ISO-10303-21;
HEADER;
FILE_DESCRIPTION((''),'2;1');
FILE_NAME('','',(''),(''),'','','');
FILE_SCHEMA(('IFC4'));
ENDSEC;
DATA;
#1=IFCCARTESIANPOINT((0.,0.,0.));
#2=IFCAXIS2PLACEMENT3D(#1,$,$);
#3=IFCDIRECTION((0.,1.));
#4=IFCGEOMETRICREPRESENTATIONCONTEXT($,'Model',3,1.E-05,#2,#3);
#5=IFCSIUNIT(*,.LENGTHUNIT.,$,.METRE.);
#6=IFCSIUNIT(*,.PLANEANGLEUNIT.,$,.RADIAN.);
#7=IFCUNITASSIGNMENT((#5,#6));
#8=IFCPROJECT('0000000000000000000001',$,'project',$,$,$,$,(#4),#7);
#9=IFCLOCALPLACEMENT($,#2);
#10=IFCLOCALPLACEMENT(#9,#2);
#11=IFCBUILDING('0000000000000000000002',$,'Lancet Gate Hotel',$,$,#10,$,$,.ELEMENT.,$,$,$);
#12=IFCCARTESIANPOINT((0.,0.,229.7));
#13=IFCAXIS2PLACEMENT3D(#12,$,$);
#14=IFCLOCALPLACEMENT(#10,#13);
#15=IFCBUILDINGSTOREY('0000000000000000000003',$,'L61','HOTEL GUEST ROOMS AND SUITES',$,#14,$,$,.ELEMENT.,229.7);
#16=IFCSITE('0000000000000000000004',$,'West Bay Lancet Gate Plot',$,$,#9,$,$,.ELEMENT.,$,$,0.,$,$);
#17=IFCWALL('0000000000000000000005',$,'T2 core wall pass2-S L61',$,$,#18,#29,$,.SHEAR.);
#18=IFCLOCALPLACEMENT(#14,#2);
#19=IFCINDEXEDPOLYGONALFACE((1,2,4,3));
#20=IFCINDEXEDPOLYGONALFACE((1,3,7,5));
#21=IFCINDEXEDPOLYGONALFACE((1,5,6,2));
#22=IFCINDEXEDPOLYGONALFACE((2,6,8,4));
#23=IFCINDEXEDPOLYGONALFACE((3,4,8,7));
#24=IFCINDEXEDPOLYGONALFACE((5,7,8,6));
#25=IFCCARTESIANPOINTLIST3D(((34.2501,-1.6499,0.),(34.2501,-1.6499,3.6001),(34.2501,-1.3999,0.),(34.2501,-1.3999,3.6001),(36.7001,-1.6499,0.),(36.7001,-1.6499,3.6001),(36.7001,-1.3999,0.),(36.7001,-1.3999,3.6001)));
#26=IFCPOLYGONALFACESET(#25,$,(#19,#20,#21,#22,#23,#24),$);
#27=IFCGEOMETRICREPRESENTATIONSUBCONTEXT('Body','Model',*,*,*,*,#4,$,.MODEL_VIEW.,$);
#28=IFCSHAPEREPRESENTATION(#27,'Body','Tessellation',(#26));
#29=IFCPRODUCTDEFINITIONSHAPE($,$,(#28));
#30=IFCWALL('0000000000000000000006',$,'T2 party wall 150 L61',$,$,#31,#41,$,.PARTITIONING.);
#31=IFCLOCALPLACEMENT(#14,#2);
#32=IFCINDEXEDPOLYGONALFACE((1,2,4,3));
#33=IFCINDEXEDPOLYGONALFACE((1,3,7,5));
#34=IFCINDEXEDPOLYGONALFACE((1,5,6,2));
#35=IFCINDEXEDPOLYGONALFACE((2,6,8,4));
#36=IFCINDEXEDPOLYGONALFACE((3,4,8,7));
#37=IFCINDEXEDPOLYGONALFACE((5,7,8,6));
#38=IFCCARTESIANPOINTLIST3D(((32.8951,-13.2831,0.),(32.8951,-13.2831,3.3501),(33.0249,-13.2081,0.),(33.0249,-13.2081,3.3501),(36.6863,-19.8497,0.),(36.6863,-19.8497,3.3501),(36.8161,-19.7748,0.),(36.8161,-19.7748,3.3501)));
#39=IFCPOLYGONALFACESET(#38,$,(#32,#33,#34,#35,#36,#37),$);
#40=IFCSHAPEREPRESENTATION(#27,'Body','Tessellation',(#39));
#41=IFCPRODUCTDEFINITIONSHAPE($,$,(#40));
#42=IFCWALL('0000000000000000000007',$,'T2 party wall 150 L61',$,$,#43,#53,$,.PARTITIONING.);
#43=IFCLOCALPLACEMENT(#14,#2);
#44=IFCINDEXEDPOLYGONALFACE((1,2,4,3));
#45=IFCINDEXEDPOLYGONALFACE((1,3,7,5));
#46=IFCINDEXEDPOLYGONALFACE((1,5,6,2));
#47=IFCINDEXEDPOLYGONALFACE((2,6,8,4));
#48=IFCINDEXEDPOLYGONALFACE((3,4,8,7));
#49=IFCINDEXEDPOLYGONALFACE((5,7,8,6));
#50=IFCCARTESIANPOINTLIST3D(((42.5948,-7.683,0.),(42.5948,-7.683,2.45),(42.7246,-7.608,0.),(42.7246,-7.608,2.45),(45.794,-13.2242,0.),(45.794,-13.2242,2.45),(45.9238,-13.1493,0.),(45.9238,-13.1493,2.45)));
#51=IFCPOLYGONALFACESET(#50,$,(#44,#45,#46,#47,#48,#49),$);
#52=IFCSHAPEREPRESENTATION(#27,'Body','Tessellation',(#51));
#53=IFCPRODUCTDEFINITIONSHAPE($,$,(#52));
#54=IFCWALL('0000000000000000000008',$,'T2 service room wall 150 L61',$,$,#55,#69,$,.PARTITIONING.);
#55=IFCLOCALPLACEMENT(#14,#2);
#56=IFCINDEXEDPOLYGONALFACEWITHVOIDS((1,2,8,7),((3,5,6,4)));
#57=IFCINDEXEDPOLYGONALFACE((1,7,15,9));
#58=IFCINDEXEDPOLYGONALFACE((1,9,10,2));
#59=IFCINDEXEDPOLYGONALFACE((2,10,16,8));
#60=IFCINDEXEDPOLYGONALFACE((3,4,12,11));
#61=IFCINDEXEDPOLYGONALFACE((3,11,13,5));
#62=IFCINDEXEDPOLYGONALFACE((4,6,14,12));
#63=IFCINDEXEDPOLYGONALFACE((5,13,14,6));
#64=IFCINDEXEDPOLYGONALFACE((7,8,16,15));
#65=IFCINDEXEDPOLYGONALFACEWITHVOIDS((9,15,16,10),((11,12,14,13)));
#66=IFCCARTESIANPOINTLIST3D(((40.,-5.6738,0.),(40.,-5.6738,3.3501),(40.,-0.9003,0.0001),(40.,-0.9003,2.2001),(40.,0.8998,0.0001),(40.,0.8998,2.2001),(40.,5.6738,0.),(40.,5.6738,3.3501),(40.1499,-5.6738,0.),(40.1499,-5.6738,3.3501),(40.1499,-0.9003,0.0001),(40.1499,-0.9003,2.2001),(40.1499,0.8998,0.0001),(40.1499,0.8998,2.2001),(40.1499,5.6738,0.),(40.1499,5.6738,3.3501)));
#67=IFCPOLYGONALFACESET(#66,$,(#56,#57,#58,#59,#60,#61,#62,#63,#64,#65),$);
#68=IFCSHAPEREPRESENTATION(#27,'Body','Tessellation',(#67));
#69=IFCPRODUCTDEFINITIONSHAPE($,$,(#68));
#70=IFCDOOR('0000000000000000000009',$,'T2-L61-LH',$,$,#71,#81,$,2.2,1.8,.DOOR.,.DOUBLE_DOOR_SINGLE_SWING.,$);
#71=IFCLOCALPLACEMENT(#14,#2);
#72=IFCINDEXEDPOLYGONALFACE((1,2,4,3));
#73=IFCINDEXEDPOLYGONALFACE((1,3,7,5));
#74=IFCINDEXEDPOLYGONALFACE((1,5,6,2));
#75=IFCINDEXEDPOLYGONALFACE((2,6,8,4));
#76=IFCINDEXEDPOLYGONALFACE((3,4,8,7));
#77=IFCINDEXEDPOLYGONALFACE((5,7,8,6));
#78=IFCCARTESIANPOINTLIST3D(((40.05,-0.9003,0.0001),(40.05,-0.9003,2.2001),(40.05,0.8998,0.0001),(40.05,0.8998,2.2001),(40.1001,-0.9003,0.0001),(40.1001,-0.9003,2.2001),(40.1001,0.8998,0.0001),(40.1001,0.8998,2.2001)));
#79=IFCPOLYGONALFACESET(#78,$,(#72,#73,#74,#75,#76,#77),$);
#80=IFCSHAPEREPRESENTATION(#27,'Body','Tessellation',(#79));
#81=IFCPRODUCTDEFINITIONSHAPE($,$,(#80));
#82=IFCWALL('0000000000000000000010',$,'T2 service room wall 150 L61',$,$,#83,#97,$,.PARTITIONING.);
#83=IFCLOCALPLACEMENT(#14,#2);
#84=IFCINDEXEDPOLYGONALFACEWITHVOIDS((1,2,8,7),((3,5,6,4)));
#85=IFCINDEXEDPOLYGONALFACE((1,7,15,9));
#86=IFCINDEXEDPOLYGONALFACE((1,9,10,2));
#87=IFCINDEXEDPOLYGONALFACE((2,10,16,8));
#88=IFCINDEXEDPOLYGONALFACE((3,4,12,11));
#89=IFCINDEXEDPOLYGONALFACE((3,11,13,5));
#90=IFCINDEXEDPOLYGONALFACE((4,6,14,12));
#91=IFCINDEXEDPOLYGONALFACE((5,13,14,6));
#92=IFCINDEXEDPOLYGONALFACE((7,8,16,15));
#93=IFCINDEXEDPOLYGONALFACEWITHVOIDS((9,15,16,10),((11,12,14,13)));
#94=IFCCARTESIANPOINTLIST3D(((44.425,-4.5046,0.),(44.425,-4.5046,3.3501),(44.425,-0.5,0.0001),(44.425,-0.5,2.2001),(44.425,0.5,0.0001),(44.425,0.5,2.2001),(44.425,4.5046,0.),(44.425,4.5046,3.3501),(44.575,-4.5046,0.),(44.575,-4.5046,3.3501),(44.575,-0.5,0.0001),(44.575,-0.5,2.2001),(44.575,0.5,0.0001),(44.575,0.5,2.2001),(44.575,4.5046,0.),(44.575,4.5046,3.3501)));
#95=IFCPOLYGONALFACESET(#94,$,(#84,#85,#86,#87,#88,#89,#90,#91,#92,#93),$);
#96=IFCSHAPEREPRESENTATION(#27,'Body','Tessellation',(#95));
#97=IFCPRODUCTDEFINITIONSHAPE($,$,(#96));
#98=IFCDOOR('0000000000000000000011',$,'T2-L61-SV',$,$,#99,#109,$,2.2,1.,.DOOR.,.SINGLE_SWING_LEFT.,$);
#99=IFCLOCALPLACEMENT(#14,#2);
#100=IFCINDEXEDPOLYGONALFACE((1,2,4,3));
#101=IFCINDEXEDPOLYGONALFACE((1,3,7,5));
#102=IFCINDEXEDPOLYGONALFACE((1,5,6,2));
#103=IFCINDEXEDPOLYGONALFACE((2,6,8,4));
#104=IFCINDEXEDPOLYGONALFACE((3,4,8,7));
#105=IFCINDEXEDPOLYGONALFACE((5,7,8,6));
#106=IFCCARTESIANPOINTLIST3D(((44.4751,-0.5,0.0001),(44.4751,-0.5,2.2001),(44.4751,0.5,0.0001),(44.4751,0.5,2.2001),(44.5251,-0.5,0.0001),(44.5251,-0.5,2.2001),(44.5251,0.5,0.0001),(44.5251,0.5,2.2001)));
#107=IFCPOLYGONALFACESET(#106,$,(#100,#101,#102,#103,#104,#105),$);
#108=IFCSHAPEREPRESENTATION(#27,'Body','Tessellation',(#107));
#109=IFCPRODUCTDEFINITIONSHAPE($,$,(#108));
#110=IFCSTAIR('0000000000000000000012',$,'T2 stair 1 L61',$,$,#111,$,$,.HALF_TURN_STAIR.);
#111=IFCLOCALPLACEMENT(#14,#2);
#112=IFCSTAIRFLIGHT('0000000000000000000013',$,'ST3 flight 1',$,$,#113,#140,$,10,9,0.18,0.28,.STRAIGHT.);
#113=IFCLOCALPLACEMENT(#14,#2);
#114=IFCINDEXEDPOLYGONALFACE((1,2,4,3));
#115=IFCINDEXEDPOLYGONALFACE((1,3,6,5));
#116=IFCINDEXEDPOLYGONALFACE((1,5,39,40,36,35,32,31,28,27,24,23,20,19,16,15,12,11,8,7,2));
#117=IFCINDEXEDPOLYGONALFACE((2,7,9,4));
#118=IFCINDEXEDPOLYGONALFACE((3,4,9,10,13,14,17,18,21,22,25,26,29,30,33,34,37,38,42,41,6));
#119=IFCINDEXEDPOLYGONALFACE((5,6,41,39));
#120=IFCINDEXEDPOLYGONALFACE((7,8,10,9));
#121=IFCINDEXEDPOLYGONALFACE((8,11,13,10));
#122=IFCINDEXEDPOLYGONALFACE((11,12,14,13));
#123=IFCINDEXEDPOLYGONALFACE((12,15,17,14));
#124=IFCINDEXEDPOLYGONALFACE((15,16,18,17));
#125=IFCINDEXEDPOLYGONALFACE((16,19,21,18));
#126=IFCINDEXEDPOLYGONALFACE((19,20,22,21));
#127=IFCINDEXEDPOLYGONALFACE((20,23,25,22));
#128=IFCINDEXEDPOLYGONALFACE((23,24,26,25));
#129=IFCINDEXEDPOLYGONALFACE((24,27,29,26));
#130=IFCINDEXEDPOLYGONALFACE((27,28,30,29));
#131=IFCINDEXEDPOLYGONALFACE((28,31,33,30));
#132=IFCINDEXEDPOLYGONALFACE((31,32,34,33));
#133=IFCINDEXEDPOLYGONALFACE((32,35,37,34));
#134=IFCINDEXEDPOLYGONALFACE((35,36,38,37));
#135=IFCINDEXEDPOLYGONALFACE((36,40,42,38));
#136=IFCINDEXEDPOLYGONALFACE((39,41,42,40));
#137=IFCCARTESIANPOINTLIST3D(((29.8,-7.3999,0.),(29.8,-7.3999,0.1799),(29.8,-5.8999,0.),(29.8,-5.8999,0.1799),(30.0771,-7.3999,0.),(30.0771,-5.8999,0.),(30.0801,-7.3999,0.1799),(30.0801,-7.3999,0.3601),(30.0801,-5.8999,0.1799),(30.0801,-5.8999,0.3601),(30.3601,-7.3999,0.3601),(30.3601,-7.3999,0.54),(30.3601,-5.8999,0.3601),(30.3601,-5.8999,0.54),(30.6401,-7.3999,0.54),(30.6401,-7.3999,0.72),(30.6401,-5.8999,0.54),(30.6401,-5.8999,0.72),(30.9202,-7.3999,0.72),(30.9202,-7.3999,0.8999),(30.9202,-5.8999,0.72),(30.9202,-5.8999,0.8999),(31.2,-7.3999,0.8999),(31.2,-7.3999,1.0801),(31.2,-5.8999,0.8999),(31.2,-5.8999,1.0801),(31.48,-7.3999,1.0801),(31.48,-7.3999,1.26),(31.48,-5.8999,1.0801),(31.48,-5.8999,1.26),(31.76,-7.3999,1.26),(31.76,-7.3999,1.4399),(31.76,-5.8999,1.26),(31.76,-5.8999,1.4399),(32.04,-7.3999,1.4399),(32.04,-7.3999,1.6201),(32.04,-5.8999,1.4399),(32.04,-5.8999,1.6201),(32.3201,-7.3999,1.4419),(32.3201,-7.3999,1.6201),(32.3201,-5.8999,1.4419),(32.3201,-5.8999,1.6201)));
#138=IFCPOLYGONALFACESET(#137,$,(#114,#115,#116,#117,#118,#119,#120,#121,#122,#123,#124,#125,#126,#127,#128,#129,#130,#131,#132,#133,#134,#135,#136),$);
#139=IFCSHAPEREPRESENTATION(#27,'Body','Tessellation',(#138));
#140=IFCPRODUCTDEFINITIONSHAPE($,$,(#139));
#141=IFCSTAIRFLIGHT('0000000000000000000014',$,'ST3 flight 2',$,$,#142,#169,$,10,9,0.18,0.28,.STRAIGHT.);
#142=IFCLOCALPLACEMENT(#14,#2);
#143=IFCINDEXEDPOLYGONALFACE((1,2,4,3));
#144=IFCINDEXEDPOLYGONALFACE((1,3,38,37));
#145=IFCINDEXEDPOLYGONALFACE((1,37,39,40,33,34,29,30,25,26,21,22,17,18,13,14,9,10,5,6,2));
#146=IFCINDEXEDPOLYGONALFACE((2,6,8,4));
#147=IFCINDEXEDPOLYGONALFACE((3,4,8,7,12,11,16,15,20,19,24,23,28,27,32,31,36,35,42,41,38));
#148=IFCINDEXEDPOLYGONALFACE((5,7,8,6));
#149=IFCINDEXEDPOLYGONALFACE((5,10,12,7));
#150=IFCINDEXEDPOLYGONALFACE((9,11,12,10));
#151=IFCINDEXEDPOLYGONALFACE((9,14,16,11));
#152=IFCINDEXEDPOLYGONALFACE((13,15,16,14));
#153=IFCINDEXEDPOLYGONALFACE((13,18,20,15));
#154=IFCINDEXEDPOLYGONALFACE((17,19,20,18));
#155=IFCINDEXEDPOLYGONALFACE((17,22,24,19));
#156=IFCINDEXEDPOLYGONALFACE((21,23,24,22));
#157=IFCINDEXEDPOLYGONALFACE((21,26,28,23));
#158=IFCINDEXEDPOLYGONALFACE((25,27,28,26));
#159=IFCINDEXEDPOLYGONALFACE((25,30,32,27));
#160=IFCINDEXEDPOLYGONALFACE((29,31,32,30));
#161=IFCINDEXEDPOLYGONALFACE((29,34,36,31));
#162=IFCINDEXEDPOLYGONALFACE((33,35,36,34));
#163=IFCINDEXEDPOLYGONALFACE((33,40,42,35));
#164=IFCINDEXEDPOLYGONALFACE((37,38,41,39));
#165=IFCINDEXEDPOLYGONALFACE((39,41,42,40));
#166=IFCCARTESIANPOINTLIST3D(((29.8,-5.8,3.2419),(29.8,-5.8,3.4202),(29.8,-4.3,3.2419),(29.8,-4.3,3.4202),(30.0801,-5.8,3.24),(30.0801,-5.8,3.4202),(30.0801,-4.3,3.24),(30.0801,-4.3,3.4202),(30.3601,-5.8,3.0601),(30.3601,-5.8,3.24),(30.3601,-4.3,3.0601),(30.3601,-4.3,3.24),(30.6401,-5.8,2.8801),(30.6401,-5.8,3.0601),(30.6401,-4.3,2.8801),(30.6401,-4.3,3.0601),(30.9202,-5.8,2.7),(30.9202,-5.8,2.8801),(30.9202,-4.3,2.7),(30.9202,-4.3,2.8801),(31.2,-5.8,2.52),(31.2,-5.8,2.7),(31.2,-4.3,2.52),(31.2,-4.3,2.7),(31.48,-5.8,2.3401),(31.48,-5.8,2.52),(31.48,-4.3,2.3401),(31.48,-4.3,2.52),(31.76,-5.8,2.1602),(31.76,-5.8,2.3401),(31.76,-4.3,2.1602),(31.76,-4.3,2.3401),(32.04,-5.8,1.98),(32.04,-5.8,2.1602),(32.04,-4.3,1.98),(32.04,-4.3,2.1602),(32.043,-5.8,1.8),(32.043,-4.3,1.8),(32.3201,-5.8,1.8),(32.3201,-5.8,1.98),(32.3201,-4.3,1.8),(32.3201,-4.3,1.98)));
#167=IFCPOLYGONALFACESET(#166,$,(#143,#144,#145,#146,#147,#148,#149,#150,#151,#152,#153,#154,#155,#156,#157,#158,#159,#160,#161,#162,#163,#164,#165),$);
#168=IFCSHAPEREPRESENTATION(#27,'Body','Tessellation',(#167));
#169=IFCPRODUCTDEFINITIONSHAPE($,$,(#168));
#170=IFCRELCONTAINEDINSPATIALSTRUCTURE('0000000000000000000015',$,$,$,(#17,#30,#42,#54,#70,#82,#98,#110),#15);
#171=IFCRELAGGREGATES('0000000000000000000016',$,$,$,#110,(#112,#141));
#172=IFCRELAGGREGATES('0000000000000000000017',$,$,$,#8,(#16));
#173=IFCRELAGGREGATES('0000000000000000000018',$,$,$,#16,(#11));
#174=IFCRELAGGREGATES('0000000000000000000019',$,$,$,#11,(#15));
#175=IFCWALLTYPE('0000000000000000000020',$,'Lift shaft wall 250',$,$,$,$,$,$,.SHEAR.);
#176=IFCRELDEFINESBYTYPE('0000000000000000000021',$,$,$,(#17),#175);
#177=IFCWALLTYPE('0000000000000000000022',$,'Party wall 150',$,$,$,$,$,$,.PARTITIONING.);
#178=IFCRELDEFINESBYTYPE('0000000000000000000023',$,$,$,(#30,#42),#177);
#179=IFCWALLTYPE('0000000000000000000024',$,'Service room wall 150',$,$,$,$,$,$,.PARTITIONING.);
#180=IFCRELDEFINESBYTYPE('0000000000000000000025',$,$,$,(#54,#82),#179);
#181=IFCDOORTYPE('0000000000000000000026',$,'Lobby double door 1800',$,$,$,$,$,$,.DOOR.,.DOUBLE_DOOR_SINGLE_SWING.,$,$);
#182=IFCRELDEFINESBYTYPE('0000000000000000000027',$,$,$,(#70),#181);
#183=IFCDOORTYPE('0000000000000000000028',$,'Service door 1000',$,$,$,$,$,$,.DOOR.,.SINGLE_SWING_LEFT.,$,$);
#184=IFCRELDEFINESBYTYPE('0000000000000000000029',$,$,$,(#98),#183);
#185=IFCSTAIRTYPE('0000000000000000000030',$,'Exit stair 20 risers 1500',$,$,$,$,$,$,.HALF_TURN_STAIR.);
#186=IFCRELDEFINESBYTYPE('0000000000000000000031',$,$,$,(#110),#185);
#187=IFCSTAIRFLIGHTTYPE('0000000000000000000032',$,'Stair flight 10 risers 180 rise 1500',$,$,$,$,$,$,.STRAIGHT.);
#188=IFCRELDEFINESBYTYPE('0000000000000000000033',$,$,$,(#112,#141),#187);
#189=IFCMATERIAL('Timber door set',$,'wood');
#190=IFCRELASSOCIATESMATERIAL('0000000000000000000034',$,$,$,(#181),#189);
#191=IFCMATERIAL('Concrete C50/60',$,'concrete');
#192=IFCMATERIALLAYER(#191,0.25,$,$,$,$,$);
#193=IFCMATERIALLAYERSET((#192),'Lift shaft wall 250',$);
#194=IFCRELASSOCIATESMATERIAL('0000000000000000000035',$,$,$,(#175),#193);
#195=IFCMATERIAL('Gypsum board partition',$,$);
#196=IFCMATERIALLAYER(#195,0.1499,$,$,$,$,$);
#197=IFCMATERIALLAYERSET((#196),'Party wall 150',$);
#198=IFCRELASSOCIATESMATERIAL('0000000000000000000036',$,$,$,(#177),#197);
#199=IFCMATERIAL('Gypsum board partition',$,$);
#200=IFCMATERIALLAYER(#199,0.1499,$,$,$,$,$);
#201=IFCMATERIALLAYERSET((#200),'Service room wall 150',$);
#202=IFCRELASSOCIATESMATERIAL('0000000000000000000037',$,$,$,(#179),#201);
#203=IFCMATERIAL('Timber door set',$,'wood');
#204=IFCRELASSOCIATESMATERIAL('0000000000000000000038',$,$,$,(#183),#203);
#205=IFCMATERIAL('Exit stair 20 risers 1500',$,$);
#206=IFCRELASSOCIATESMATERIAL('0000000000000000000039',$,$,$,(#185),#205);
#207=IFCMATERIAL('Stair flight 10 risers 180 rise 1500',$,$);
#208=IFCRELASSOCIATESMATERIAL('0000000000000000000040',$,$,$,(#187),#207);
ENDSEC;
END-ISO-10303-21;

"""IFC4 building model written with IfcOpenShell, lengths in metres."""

from ifc_helpers import new_model, si_unit, direction, frame, frame_2d, origin, place, context, subcontext, project, spatial, polyline, rectangle, outline, extrude, material, layer, layer_set, type_object, element, fill, aggregate, save


model = new_model("IFC4")

# Units and contexts
model_context = context("Model", 3, precision=1e-05, world=origin(), true_north=direction((0.0, 1.0)))
body_context = subcontext(model_context, "Body", "Model", "MODEL_VIEW")
ifc_project = project(units=[si_unit("LENGTHUNIT", "METRE"), si_unit("PLANEANGLEUNIT", "RADIAN")], contexts=[model_context])

# Site, building, storey
site_placement = place(None, origin())
site = spatial("IfcSite", under=ifc_project, at=site_placement, Name="West Bay Lancet Gate Plot", CompositionType="ELEMENT", RefElevation=0.0)
building_placement = place(site_placement, origin())
building = spatial("IfcBuilding", under=site, at=building_placement, Name="Lancet Gate Hotel", CompositionType="ELEMENT")
storey_placement = place(building_placement, frame((0.0, 0.0, 229.7)))
storey = spatial("IfcBuildingStorey", under=building, at=storey_placement, Name="L61", Description="HOTEL GUEST ROOMS AND SUITES", CompositionType="ELEMENT", Elevation=229.7)

# Shared definitions
ifc_material_1 = material(Name="Timber door set", Category="wood")
door_type_1 = type_object("IfcDoorType", Name="Lobby double door 1800", OperationType="DOUBLE_DOOR_SINGLE_SWING", PredefinedType="DOOR", material=ifc_material_1)
ifc_material_2 = material(Name="Concrete C50/60", Category="concrete")
ifc_layer_1 = layer(ifc_material_2, 0.25)
ifc_layer_set_1 = layer_set([ifc_layer_1], Name="Lift shaft wall 250")
wall_type_1 = type_object("IfcWallType", Name="Lift shaft wall 250", PredefinedType="SHEAR", material=ifc_layer_set_1)

# Walls
wall_1_placement = place(storey_placement, frame((34.25, -1.5249, 0.0), z_axis=(0.0, 0.0, 1.0), x_axis=(1.0, 0.0, 0.0)))
element("IfcWall", 1, at=wall_1_placement, inside=storey, type_object=wall_type_1, Name="T2 core wall pass2-S L61", PredefinedType="SHEAR", context=body_context, shape_type="SweptSolid", body=[
    extrude(rectangle(XDim=2.45, YDim=0.25, at=frame_2d((1.2251, 0.0))), origin(), (0.0, 0.0, 1.0), 3.6001),
])
ifc_material_3 = material(Name="Gypsum board partition")
ifc_layer_2 = layer(ifc_material_3, 0.1499)
ifc_layer_set_2 = layer_set([ifc_layer_2], Name="Party wall 150")
wall_type_2 = type_object("IfcWallType", Name="Party wall 150", PredefinedType="PARTITIONING", material=ifc_layer_set_2)
wall_2_placement = place(storey_placement, frame((32.96, -13.2456, 0.0), z_axis=(0.0, 0.0, 1.0), x_axis=(0.5, -0.866025, 0.0)))
element("IfcWall", 2, at=wall_2_placement, inside=storey, type_object=wall_type_2, Name="T2 party wall 150 L61", PredefinedType="PARTITIONING", context=body_context, shape_type="SweptSolid", body=[
    extrude(rectangle(XDim=7.5825, YDim=0.1499, at=frame_2d((3.7913, 0.0))), origin(), (0.0, 0.0, 1.0), 3.3501),
])
wall_3_placement = place(storey_placement, frame((42.6597, -7.6455, 0.0), z_axis=(0.0, 0.0, 1.0), x_axis=(0.499997, -0.866027, 0.0)))
element("IfcWall", 3, at=wall_3_placement, inside=storey, type_object=wall_type_2, Name="T2 party wall 150 L61", PredefinedType="PARTITIONING", context=body_context, shape_type="SweptSolid", body=[
    extrude(rectangle(XDim=6.3984, YDim=0.1499, at=frame_2d((3.1992, 0.0))), origin(), (0.0, 0.0, 1.0), 2.45),
])

# Walls, openings, doors
ifc_material_4 = material(Name="Gypsum board partition")
ifc_layer_3 = layer(ifc_material_4, 0.1499)
ifc_layer_set_3 = layer_set([ifc_layer_3], Name="Service room wall 150")
wall_type_3 = type_object("IfcWallType", Name="Service room wall 150", PredefinedType="PARTITIONING", material=ifc_layer_set_3)
wall_4_placement = place(storey_placement, frame((40.075, -5.6738, 0.0), z_axis=(0.0, 0.0, 1.0), x_axis=(0.0, 1.0, 0.0)))
wall_4 = element("IfcWall", 4, at=wall_4_placement, inside=storey, type_object=wall_type_3, Name="T2 service room wall 150 L61", PredefinedType="PARTITIONING", context=body_context, shape_type="SweptSolid", body=[
    extrude(rectangle(XDim=11.3477, YDim=0.1499, at=frame_2d((5.6738, 0.0))), origin(), (0.0, 0.0, 1.0), 3.3501),
])
opening_1_placement = place(wall_4_placement, frame((4.7737, 0.0, 0.0)))
opening_1 = element("IfcOpeningElement", 5, at=opening_1_placement, cuts=wall_4, PredefinedType="OPENING", context=body_context, shape_type="SweptSolid", body=[
    extrude(rectangle(XDim=1.8, YDim=2.2, at=frame_2d((0.8999, 1.1001))), frame((0.0, 0.085, 0.0), z_axis=(0.0, -1.0, 0.0), x_axis=(1.0, 0.0, 0.0)), (0.0, 0.0, 1.0), 0.1699),
])
door_1_placement = place(opening_1_placement, origin())
door_1 = element("IfcDoor", 6, at=door_1_placement, inside=storey, type_object=door_type_1, Name="T2-L61-LH", OperationType="DOUBLE_DOOR_SINGLE_SWING", OverallHeight=2.2, OverallWidth=1.8, PredefinedType="DOOR", context=body_context, shape_type="SweptSolid", body=[
    extrude(rectangle(XDim=1.8, YDim=2.2, at=frame_2d((0.8999, 1.1001))), frame((0.0, 0.0249, 0.0), z_axis=(0.0, -1.0, 0.0), x_axis=(1.0, 0.0, 0.0)), (0.0, 0.0, 1.0), 0.05),
])
fill(opening_1, door_1)
wall_5_placement = place(storey_placement, frame((44.5, -4.5046, 0.0), z_axis=(0.0, 0.0, 1.0), x_axis=(0.0, 1.0, 0.0)))
wall_5 = element("IfcWall", 7, at=wall_5_placement, inside=storey, type_object=wall_type_3, Name="T2 service room wall 150 L61", PredefinedType="PARTITIONING", context=body_context, shape_type="SweptSolid", body=[
    extrude(rectangle(XDim=9.0093, YDim=0.1499, at=frame_2d((4.5046, 0.0))), origin(), (0.0, 0.0, 1.0), 3.3501),
])
opening_2_placement = place(wall_5_placement, frame((4.0046, 0.0, 0.0)))
opening_2 = element("IfcOpeningElement", 8, at=opening_2_placement, cuts=wall_5, PredefinedType="OPENING", context=body_context, shape_type="SweptSolid", body=[
    extrude(rectangle(XDim=1.0, YDim=2.2, at=frame_2d((0.5, 1.1001))), frame((0.0, 0.085, 0.0), z_axis=(0.0, -1.0, 0.0), x_axis=(1.0, 0.0, 0.0)), (0.0, 0.0, 1.0), 0.1699),
])
ifc_material_5 = material(Name="Timber door set", Category="wood")
door_type_2 = type_object("IfcDoorType", Name="Service door 1000", OperationType="SINGLE_SWING_LEFT", PredefinedType="DOOR", material=ifc_material_5)
door_2_placement = place(opening_2_placement, origin())
door_2 = element("IfcDoor", 9, at=door_2_placement, inside=storey, type_object=door_type_2, Name="T2-L61-SV", OperationType="SINGLE_SWING_LEFT", OverallHeight=2.2, OverallWidth=1.0, PredefinedType="DOOR", context=body_context, shape_type="SweptSolid", body=[
    extrude(rectangle(XDim=1.0, YDim=2.2, at=frame_2d((0.5, 1.1001))), frame((0.0, 0.0249, 0.0), z_axis=(0.0, -1.0, 0.0), x_axis=(1.0, 0.0, 0.0)), (0.0, 0.0, 1.0), 0.05),
])
fill(opening_2, door_2)

# Stair, stair flights
ifc_material_6 = material(Name="Exit stair 20 risers 1500")
stair_type = type_object("IfcStairType", Name="Exit stair 20 risers 1500", PredefinedType="HALF_TURN_STAIR", material=ifc_material_6)
stair_placement = place(storey_placement, origin())
stair = element("IfcStair", 10, at=stair_placement, inside=storey, type_object=stair_type, Name="T2 stair 1 L61", PredefinedType="HALF_TURN_STAIR")
ifc_material_7 = material(Name="Stair flight 10 risers 180 rise 1500")
stair_flight_type = type_object("IfcStairFlightType", Name="Stair flight 10 risers 180 rise 1500", PredefinedType="STRAIGHT", material=ifc_material_7)
stair_flight_1_placement = place(storey_placement, frame((29.8, -6.6499, 0.0), z_axis=(0.0, 0.0, 1.0), x_axis=(1.0, 0.0, 0.0)))
stair_flight_1 = element("IfcStairFlight", 11, at=stair_flight_1_placement, type_object=stair_flight_type, Name="ST3 flight 1", NumberOfRisers=10, NumberOfTreads=9, PredefinedType="STRAIGHT", RiserHeight=0.18, TreadLength=0.28, context=body_context, shape_type="SweptSolid", body=[
    extrude(outline(polyline([(0.0, 0.0), (0.0, 0.1799), (0.28, 0.1799), (0.28, 0.3601), (0.5601, 0.3601), (0.5601, 0.54), (0.8401, 0.54), (0.8401, 0.72), (1.1201, 0.72), (1.1201, 0.8999), (1.3999, 0.8999), (1.3999, 1.0801), (1.6799, 1.0801), (1.6799, 1.26), (1.96, 1.26), (1.96, 1.4399), (2.24, 1.4399), (2.24, 1.6201), (2.52, 1.6201), (2.52, 1.8), (2.52, 1.4419), (0.2771, 0.0), (0.0, 0.0)])), frame((0.0, 0.75, 0.0), z_axis=(0.0, -1.0, 0.0), x_axis=(1.0, 0.0, 0.0)), (0.0, 0.0, 1.0), 1.5),
])
stair_flight_2_placement = place(storey_placement, frame((32.3201, -5.05, 1.8), z_axis=(0.0, 0.0, 1.0), x_axis=(-1.0, 0.0, 0.0)))
stair_flight_2 = element("IfcStairFlight", 12, at=stair_flight_2_placement, type_object=stair_flight_type, Name="ST3 flight 2", NumberOfRisers=10, NumberOfTreads=9, PredefinedType="STRAIGHT", RiserHeight=0.18, TreadLength=0.28, context=body_context, shape_type="SweptSolid", body=[
    extrude(outline(polyline([(0.0, 0.0), (0.0, 0.1799), (0.28, 0.1799), (0.28, 0.3601), (0.5601, 0.3601), (0.5601, 0.54), (0.8401, 0.54), (0.8401, 0.72), (1.1201, 0.72), (1.1201, 0.8999), (1.3999, 0.8999), (1.3999, 1.0801), (1.6799, 1.0801), (1.6799, 1.26), (1.96, 1.26), (1.96, 1.4399), (2.24, 1.4399), (2.24, 1.6201), (2.52, 1.6201), (2.52, 1.8), (2.52, 1.4419), (0.2771, 0.0), (0.0, 0.0)])), frame((0.0, 0.75, 0.0), z_axis=(0.0, -1.0, 0.0), x_axis=(1.0, 0.0, 0.0)), (0.0, 0.0, 1.0), 1.5),
])
aggregate(stair, [stair_flight_1, stair_flight_2])

save(model, "model.ifc")
